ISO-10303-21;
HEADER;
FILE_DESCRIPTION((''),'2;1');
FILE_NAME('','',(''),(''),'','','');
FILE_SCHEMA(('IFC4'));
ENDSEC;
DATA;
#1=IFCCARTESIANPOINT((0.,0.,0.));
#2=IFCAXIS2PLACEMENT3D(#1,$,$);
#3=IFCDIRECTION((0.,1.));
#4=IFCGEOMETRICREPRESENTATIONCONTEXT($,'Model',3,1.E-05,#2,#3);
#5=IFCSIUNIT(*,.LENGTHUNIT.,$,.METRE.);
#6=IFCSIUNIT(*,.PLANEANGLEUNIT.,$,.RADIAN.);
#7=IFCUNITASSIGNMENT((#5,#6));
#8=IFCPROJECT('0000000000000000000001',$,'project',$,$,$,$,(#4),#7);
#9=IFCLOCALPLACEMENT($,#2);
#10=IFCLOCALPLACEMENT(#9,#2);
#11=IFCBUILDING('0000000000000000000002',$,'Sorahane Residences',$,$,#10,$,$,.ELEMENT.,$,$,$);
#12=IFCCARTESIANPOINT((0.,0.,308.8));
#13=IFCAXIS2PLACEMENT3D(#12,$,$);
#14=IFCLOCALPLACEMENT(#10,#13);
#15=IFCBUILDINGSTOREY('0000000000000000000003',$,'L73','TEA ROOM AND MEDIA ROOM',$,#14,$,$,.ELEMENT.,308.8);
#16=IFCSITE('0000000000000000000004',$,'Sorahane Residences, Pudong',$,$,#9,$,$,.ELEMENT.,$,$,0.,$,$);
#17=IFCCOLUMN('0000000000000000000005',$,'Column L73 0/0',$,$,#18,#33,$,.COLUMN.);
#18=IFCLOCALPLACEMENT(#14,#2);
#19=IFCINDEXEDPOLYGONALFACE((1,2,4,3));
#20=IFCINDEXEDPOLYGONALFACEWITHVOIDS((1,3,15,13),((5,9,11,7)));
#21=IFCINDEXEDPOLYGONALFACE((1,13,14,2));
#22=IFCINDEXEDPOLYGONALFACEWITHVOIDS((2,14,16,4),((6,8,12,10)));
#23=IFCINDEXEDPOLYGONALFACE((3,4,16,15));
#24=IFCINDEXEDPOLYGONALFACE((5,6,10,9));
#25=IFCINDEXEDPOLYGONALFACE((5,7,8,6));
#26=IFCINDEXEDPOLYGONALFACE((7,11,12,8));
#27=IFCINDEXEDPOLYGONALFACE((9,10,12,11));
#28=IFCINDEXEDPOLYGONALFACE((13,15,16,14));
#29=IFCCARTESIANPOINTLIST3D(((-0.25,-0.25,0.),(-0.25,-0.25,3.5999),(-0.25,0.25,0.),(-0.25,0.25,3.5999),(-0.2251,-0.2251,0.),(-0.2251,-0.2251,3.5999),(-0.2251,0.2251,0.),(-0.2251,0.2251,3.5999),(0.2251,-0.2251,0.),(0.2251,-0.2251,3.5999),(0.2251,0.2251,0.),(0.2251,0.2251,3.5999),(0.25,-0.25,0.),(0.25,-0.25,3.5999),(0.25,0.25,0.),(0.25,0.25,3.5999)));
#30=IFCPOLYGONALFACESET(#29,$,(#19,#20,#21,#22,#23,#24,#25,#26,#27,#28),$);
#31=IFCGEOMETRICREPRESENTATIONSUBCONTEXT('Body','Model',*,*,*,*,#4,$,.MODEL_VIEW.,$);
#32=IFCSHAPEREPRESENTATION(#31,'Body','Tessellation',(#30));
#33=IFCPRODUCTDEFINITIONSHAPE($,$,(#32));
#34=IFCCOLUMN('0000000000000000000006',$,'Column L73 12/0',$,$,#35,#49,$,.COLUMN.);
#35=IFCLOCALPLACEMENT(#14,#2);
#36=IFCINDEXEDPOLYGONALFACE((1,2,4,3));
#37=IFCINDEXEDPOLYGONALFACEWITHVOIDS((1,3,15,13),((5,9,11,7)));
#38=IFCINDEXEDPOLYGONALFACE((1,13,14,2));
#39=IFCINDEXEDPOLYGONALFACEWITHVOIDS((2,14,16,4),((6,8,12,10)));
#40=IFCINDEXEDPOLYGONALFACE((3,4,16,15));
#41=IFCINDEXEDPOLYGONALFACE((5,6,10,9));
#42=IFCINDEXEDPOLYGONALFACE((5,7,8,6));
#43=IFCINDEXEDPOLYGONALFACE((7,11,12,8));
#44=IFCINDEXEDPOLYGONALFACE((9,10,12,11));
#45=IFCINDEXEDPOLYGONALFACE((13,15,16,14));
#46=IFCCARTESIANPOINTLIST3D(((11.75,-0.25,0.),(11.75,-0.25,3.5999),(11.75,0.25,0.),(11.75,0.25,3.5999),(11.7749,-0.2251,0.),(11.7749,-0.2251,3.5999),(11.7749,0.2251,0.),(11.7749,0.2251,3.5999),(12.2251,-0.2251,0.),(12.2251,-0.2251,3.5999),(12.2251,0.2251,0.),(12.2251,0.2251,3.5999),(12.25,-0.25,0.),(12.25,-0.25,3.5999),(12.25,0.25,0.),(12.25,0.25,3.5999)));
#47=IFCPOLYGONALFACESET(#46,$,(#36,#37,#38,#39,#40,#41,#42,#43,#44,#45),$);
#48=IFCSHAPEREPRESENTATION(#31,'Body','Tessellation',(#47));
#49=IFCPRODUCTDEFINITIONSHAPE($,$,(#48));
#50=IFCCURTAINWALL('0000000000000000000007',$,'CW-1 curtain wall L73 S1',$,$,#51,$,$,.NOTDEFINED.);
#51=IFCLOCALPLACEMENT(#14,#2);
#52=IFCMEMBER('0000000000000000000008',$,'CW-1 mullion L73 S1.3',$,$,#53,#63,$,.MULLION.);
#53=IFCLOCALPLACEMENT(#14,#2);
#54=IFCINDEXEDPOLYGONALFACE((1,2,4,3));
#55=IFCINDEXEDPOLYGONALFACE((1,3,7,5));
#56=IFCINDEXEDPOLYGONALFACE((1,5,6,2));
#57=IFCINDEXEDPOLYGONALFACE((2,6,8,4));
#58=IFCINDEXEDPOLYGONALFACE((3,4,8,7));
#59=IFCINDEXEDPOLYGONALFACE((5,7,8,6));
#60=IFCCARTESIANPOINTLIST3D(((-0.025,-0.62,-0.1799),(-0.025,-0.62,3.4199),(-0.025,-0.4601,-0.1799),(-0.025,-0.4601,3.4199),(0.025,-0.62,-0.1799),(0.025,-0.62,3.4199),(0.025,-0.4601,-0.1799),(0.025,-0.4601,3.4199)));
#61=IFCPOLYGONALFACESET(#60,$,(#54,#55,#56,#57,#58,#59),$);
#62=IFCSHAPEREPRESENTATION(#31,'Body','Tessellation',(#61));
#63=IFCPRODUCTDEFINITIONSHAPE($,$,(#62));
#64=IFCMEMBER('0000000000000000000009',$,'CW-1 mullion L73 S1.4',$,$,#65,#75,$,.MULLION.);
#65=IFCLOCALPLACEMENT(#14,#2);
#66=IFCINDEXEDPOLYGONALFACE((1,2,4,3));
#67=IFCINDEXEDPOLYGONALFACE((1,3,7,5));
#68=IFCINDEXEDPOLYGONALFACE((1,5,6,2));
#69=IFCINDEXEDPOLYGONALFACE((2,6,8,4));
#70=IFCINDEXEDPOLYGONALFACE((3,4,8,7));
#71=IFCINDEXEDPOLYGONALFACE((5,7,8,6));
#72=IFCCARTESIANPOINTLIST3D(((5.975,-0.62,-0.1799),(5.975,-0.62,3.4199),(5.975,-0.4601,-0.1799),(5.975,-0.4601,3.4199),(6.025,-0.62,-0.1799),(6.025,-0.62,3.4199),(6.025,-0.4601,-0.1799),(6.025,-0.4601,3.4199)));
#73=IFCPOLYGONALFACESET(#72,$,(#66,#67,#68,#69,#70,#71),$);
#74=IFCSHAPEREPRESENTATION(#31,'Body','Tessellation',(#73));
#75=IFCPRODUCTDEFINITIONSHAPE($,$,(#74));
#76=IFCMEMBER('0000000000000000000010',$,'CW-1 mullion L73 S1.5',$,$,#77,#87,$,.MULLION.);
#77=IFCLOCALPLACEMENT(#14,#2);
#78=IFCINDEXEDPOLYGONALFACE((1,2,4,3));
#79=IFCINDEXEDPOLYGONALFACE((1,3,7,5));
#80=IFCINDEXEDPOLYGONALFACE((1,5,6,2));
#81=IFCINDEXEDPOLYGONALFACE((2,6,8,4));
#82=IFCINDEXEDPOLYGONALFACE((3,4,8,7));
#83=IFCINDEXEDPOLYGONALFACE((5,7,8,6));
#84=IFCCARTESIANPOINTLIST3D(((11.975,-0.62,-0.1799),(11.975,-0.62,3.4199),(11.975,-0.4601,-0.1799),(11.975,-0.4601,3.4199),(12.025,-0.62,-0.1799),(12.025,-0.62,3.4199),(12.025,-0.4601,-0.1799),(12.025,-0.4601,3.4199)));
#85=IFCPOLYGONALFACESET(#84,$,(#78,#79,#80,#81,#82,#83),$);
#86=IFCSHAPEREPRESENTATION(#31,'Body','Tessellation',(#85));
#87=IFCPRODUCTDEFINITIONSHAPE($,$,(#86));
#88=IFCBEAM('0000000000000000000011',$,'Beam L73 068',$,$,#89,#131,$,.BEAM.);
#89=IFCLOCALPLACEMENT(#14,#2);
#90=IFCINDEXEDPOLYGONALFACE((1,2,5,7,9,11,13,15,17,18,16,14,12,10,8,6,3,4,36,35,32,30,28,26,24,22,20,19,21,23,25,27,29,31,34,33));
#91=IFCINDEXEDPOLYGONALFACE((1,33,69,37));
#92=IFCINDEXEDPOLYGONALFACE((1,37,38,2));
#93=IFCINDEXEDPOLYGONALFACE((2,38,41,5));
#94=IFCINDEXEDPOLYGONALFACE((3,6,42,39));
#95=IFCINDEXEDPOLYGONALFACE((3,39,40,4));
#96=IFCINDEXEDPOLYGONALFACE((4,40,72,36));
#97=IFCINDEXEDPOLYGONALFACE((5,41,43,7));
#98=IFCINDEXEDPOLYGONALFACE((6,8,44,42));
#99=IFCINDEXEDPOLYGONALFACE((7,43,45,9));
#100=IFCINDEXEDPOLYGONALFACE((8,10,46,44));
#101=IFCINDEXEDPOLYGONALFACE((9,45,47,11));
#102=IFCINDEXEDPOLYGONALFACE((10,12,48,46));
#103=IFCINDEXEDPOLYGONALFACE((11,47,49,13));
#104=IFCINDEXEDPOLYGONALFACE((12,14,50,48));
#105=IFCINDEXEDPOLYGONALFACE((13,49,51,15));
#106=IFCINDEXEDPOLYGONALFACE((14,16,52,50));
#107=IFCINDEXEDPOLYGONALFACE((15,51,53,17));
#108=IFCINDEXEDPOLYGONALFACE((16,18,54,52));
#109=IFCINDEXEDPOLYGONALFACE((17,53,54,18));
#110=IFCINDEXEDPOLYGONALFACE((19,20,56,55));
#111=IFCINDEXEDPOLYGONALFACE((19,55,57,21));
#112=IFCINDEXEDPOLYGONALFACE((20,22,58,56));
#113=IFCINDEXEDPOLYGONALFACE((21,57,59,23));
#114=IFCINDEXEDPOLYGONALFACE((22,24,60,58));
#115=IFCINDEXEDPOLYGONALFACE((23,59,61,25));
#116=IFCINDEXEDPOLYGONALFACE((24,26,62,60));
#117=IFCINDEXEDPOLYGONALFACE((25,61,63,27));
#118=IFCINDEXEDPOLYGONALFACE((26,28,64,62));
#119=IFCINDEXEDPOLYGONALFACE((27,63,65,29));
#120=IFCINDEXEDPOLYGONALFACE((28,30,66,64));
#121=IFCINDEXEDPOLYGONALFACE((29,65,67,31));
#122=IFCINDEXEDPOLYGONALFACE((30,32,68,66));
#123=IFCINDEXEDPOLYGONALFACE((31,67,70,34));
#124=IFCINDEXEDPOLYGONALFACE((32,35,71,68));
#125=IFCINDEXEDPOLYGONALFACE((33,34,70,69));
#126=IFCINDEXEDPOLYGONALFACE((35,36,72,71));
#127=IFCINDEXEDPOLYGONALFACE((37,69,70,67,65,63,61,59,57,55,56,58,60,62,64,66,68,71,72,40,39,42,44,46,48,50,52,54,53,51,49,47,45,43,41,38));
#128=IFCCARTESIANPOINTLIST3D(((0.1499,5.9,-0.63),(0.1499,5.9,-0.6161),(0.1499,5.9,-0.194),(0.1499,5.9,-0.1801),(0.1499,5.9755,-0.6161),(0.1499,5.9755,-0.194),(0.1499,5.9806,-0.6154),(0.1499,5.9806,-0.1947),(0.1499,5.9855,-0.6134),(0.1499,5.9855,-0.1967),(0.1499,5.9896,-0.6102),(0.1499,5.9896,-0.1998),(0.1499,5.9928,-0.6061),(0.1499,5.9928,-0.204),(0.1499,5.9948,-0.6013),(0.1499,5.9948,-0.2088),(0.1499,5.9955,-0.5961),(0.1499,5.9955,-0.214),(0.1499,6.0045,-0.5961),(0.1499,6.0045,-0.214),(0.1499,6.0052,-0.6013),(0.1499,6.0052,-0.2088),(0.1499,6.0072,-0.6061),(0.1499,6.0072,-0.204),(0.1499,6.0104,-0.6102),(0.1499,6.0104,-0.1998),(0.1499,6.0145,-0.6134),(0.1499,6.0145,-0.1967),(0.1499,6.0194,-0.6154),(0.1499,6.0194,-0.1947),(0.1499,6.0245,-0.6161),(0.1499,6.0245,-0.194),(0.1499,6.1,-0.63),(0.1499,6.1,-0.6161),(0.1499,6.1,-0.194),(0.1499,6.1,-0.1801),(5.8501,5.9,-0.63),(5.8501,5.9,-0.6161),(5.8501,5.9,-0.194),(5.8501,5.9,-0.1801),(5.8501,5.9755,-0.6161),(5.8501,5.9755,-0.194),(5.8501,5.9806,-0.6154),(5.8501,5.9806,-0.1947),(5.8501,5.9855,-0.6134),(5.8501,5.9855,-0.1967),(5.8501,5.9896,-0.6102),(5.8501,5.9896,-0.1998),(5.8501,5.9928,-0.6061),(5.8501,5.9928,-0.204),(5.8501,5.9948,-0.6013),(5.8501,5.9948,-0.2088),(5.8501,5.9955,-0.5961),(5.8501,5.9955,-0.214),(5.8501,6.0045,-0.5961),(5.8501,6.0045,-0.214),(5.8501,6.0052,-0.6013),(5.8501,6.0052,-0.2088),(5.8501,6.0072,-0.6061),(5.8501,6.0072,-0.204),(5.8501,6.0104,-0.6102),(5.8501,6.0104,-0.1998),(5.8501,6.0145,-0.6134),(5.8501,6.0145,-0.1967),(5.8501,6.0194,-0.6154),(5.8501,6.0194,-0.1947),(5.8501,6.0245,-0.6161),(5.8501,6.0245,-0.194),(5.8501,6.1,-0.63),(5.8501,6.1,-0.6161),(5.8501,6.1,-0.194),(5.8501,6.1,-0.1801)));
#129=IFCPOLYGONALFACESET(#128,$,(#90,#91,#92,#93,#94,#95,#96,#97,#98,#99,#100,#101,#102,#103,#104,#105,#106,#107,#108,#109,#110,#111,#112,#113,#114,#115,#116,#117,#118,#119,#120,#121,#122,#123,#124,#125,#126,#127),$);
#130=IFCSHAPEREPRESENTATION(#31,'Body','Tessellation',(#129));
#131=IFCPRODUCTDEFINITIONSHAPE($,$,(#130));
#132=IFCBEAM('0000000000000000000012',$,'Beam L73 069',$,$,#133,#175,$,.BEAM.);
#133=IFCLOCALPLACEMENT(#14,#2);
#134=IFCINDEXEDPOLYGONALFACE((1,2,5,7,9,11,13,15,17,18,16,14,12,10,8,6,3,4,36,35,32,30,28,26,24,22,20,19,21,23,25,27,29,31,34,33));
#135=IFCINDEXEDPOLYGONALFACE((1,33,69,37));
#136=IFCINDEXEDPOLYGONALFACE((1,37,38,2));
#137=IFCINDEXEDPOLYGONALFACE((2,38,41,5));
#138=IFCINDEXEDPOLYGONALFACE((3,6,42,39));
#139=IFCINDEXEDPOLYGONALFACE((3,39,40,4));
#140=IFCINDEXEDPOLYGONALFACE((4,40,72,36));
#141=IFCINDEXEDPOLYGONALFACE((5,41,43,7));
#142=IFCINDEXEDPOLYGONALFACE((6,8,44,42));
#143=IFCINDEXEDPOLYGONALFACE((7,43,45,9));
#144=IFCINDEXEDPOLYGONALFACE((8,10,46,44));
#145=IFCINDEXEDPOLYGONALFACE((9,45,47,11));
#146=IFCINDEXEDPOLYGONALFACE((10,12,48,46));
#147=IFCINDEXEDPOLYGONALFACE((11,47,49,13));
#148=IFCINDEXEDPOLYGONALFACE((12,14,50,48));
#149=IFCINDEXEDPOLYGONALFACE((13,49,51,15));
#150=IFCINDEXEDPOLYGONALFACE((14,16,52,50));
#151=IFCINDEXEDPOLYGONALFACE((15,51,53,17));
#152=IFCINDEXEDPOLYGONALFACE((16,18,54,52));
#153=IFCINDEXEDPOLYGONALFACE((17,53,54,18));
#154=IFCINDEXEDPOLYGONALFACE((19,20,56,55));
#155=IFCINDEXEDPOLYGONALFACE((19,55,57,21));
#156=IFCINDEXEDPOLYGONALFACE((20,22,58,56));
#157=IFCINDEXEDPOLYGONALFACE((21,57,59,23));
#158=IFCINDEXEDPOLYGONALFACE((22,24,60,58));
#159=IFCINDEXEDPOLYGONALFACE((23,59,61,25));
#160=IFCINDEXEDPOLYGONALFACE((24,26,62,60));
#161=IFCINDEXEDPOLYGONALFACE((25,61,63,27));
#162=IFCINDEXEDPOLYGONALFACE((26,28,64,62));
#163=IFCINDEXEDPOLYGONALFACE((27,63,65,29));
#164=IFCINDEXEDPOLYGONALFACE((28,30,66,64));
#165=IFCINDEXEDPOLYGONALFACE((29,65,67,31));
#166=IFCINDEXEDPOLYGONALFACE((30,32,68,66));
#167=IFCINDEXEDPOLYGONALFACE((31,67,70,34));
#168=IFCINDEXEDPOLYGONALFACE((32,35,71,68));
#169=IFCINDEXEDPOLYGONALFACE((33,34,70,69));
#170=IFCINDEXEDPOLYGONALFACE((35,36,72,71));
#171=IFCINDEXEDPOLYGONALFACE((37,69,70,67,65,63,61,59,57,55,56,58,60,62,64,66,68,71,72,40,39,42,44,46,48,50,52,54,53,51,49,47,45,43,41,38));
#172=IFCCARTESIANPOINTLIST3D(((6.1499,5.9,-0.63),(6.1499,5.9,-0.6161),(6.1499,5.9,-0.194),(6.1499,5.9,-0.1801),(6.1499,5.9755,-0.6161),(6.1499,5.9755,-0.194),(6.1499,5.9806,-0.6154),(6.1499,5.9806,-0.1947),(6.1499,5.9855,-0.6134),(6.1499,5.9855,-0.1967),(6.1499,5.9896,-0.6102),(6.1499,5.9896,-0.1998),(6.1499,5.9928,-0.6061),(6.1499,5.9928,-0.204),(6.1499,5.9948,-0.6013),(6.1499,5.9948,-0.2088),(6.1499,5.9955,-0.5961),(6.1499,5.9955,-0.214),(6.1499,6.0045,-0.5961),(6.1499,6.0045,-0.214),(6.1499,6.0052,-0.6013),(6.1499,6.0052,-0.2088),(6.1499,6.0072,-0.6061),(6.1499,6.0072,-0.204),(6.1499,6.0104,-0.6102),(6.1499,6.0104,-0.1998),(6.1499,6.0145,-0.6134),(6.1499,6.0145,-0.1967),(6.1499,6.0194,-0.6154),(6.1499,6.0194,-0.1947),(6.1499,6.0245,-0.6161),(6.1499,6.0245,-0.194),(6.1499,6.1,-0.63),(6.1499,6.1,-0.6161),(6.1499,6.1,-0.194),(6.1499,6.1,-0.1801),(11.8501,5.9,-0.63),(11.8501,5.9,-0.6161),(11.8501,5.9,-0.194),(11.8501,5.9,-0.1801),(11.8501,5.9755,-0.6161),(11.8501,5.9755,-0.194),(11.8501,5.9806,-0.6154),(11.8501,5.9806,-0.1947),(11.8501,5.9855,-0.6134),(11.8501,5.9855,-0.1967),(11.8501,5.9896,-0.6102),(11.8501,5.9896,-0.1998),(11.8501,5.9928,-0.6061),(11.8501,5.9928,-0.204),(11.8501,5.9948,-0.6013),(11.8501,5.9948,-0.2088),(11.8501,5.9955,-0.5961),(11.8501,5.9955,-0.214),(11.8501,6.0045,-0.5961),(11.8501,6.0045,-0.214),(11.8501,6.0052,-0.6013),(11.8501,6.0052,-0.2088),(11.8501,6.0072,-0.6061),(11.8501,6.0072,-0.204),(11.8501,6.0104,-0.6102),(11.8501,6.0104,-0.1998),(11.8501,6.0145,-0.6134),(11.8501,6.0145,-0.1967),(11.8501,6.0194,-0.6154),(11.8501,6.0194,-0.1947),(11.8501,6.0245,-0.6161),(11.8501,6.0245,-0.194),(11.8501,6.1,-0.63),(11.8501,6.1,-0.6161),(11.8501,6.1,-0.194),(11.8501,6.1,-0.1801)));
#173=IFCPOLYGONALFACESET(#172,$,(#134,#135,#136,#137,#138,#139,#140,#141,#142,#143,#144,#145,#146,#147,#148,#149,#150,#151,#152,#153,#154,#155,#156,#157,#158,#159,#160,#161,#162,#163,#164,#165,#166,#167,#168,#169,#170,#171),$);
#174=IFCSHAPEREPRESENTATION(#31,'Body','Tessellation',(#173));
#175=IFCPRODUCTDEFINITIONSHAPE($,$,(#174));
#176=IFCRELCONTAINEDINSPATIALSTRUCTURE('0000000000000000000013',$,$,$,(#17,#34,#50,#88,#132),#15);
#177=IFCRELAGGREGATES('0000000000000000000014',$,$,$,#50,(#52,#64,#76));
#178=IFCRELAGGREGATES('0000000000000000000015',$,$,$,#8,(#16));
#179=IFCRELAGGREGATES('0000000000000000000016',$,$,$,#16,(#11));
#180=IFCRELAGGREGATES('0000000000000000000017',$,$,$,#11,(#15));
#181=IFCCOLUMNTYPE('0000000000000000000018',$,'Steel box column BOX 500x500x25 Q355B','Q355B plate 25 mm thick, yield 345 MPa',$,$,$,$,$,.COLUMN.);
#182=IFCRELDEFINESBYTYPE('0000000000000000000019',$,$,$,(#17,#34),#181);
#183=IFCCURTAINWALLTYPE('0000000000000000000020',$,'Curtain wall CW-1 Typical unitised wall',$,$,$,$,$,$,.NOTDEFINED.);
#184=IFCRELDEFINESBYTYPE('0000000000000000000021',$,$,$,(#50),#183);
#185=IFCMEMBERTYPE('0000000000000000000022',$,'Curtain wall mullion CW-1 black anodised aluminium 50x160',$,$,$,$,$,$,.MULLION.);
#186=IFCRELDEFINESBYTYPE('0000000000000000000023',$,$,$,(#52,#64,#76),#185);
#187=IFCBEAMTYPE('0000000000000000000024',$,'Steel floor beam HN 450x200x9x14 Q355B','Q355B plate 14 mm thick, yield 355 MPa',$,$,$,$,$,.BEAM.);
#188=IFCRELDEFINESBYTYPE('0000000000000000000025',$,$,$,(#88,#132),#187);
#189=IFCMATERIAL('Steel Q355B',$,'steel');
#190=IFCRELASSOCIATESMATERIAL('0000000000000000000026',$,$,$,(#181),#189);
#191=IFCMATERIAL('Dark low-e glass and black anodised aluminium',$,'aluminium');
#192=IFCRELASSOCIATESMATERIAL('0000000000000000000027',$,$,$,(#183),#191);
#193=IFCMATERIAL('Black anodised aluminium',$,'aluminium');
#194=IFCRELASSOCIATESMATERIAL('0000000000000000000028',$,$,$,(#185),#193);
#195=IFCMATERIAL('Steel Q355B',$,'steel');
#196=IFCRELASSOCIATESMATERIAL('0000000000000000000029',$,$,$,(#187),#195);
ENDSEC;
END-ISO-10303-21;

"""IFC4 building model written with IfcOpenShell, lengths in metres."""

from ifc_helpers import new_model, si_unit, direction, frame, origin, origin_2d, place, context, subcontext, project, spatial, rectangle, hollow_rectangle, i_section, extrude, material, material_profile, profile_set, type_object, element, aggregate, save


model = new_model("IFC4")

# Units and contexts
model_context = context("Model", 3, precision=1e-05, world=origin(), true_north=direction((0.0, 1.0)))
body_context = subcontext(model_context, "Body", "Model", "MODEL_VIEW")
ifc_project = project(units=[si_unit("LENGTHUNIT", "METRE"), si_unit("PLANEANGLEUNIT", "RADIAN")], contexts=[model_context])

# Site, building, storey
site_placement = place(None, origin())
site = spatial("IfcSite", under=ifc_project, at=site_placement, Name="Sorahane Residences, Pudong", CompositionType="ELEMENT", RefElevation=0.0)
building_placement = place(site_placement, origin())
building = spatial("IfcBuilding", under=site, at=building_placement, Name="Sorahane Residences", CompositionType="ELEMENT")
storey_placement = place(building_placement, frame((0.0, 0.0, 308.8)))
storey = spatial("IfcBuildingStorey", under=building, at=storey_placement, Name="L73", Description="TEA ROOM AND MEDIA ROOM", CompositionType="ELEMENT", Elevation=308.8)

# Columns
ifc_material_1 = material(Name="Steel Q355B", Category="steel")
ifc_material_profile_1 = material_profile(ifc_material_1, hollow_rectangle(XDim=0.5, YDim=0.5, WallThickness=0.0249, at=origin_2d()), Name="BOX 500x500x25")
ifc_profile_set_1 = profile_set([ifc_material_profile_1], Name="Steel Q355B")
column_type = type_object("IfcColumnType", Name="Steel box column BOX 500x500x25 Q355B", Description="Q355B plate 25 mm thick, yield 345 MPa", PredefinedType="COLUMN", material=ifc_profile_set_1)
for number, where, z_axis, x_axis, name in (
    (1, (0.0, 0.0, 0.0), (0.0, 0.0, 1.0), (1.0, 0.0, 0.0), "Column L73 0/0"),
    (2, (12.0, 0.0, 0.0), (0.0, 0.0, 1.0), (1.0, 0.0, 0.0), "Column L73 12/0"),
):
    element("IfcColumn", number, at=place(storey_placement, frame(where, z_axis=z_axis, x_axis=x_axis)), inside=storey, type_object=column_type, Name=name, PredefinedType="COLUMN", context=body_context, shape_type="SweptSolid", body=[
        extrude(hollow_rectangle(XDim=0.5, YDim=0.5, WallThickness=0.0249, at=origin_2d()), origin(), (0.0, 0.0, 1.0), 3.5999),
    ])

# Curtain wall, members
ifc_material_2 = material(Name="Dark low-e glass and black anodised aluminium", Category="aluminium")
curtain_wall_type = type_object("IfcCurtainWallType", Name="Curtain wall CW-1 Typical unitised wall", PredefinedType="NOTDEFINED", material=ifc_material_2)
curtain_wall_placement = place(storey_placement, origin())
curtain_wall = element("IfcCurtainWall", 3, at=curtain_wall_placement, inside=storey, type_object=curtain_wall_type, Name="CW-1 curtain wall L73 S1", PredefinedType="NOTDEFINED")
ifc_material_3 = material(Name="Black anodised aluminium", Category="aluminium")
ifc_material_profile_2 = material_profile(ifc_material_3, rectangle(XDim=0.1599, YDim=0.05, at=origin_2d()), Name="Curtain wall mullion CW-1 black anodised aluminium 50x160")
ifc_profile_set_2 = profile_set([ifc_material_profile_2], Name="Black anodised aluminium")
member_type = type_object("IfcMemberType", Name="Curtain wall mullion CW-1 black anodised aluminium 50x160", PredefinedType="MULLION", material=ifc_profile_set_2)
member_1_placement = place(storey_placement, frame((0.0, -0.54, -0.1799), z_axis=(0.0, 0.0, 1.0), x_axis=(0.0, -1.0, 0.0)))
member_1 = element("IfcMember", 4, at=member_1_placement, type_object=member_type, Name="CW-1 mullion L73 S1.3", PredefinedType="MULLION", context=body_context, shape_type="SweptSolid", body=[
    extrude(rectangle(XDim=0.1599, YDim=0.05, at=origin_2d()), origin(), (0.0, 0.0, 1.0), 3.5999),
])
member_2_placement = place(storey_placement, frame((6.0, -0.54, -0.1799), z_axis=(0.0, 0.0, 1.0), x_axis=(0.0, -1.0, 0.0)))
member_2 = element("IfcMember", 5, at=member_2_placement, type_object=member_type, Name="CW-1 mullion L73 S1.4", PredefinedType="MULLION", context=body_context, shape_type="SweptSolid", body=[
    extrude(rectangle(XDim=0.1599, YDim=0.05, at=origin_2d()), origin(), (0.0, 0.0, 1.0), 3.5999),
])
member_3_placement = place(storey_placement, frame((12.0, -0.54, -0.1799), z_axis=(0.0, 0.0, 1.0), x_axis=(0.0, -1.0, 0.0)))
member_3 = element("IfcMember", 6, at=member_3_placement, type_object=member_type, Name="CW-1 mullion L73 S1.5", PredefinedType="MULLION", context=body_context, shape_type="SweptSolid", body=[
    extrude(rectangle(XDim=0.1599, YDim=0.05, at=origin_2d()), origin(), (0.0, 0.0, 1.0), 3.5999),
])

# Beams
ifc_material_4 = material(Name="Steel Q355B", Category="steel")
ifc_material_profile_3 = material_profile(ifc_material_4, i_section(OverallWidth=0.2, OverallDepth=0.45, WebThickness=0.009, FlangeThickness=0.0139, FilletRadius=0.02, at=origin_2d()), Name="HN 450x200x9x14")
ifc_profile_set_3 = profile_set([ifc_material_profile_3], Name="Steel Q355B")
beam_type_1 = type_object("IfcBeamType", Name="Steel floor beam HN 450x200x9x14 Q355B", Description="Q355B plate 14 mm thick, yield 355 MPa", PredefinedType="BEAM", material=ifc_profile_set_3)
for number, where, z_axis, x_axis, name in (
    (7, (0.1499, 6.0, -0.405), (1.0, 0.0, 0.0), (0.0, 1.0, 0.0), "Beam L73 068"),
    (8, (6.1499, 6.0, -0.405), (1.0, 0.0, 0.0), (0.0, 1.0, 0.0), "Beam L73 069"),
):
    element("IfcBeam", number, at=place(storey_placement, frame(where, z_axis=z_axis, x_axis=x_axis)), inside=storey, type_object=beam_type_1, Name=name, PredefinedType="BEAM", context=body_context, shape_type="SweptSolid", body=[
        extrude(i_section(OverallWidth=0.2, OverallDepth=0.45, WebThickness=0.009, FlangeThickness=0.0139, FilletRadius=0.02, at=origin_2d()), origin(), (0.0, 0.0, 1.0), 5.7002),
    ])

aggregate(curtain_wall, [member_1, member_2, member_3])

save(model, "model.ifc")
